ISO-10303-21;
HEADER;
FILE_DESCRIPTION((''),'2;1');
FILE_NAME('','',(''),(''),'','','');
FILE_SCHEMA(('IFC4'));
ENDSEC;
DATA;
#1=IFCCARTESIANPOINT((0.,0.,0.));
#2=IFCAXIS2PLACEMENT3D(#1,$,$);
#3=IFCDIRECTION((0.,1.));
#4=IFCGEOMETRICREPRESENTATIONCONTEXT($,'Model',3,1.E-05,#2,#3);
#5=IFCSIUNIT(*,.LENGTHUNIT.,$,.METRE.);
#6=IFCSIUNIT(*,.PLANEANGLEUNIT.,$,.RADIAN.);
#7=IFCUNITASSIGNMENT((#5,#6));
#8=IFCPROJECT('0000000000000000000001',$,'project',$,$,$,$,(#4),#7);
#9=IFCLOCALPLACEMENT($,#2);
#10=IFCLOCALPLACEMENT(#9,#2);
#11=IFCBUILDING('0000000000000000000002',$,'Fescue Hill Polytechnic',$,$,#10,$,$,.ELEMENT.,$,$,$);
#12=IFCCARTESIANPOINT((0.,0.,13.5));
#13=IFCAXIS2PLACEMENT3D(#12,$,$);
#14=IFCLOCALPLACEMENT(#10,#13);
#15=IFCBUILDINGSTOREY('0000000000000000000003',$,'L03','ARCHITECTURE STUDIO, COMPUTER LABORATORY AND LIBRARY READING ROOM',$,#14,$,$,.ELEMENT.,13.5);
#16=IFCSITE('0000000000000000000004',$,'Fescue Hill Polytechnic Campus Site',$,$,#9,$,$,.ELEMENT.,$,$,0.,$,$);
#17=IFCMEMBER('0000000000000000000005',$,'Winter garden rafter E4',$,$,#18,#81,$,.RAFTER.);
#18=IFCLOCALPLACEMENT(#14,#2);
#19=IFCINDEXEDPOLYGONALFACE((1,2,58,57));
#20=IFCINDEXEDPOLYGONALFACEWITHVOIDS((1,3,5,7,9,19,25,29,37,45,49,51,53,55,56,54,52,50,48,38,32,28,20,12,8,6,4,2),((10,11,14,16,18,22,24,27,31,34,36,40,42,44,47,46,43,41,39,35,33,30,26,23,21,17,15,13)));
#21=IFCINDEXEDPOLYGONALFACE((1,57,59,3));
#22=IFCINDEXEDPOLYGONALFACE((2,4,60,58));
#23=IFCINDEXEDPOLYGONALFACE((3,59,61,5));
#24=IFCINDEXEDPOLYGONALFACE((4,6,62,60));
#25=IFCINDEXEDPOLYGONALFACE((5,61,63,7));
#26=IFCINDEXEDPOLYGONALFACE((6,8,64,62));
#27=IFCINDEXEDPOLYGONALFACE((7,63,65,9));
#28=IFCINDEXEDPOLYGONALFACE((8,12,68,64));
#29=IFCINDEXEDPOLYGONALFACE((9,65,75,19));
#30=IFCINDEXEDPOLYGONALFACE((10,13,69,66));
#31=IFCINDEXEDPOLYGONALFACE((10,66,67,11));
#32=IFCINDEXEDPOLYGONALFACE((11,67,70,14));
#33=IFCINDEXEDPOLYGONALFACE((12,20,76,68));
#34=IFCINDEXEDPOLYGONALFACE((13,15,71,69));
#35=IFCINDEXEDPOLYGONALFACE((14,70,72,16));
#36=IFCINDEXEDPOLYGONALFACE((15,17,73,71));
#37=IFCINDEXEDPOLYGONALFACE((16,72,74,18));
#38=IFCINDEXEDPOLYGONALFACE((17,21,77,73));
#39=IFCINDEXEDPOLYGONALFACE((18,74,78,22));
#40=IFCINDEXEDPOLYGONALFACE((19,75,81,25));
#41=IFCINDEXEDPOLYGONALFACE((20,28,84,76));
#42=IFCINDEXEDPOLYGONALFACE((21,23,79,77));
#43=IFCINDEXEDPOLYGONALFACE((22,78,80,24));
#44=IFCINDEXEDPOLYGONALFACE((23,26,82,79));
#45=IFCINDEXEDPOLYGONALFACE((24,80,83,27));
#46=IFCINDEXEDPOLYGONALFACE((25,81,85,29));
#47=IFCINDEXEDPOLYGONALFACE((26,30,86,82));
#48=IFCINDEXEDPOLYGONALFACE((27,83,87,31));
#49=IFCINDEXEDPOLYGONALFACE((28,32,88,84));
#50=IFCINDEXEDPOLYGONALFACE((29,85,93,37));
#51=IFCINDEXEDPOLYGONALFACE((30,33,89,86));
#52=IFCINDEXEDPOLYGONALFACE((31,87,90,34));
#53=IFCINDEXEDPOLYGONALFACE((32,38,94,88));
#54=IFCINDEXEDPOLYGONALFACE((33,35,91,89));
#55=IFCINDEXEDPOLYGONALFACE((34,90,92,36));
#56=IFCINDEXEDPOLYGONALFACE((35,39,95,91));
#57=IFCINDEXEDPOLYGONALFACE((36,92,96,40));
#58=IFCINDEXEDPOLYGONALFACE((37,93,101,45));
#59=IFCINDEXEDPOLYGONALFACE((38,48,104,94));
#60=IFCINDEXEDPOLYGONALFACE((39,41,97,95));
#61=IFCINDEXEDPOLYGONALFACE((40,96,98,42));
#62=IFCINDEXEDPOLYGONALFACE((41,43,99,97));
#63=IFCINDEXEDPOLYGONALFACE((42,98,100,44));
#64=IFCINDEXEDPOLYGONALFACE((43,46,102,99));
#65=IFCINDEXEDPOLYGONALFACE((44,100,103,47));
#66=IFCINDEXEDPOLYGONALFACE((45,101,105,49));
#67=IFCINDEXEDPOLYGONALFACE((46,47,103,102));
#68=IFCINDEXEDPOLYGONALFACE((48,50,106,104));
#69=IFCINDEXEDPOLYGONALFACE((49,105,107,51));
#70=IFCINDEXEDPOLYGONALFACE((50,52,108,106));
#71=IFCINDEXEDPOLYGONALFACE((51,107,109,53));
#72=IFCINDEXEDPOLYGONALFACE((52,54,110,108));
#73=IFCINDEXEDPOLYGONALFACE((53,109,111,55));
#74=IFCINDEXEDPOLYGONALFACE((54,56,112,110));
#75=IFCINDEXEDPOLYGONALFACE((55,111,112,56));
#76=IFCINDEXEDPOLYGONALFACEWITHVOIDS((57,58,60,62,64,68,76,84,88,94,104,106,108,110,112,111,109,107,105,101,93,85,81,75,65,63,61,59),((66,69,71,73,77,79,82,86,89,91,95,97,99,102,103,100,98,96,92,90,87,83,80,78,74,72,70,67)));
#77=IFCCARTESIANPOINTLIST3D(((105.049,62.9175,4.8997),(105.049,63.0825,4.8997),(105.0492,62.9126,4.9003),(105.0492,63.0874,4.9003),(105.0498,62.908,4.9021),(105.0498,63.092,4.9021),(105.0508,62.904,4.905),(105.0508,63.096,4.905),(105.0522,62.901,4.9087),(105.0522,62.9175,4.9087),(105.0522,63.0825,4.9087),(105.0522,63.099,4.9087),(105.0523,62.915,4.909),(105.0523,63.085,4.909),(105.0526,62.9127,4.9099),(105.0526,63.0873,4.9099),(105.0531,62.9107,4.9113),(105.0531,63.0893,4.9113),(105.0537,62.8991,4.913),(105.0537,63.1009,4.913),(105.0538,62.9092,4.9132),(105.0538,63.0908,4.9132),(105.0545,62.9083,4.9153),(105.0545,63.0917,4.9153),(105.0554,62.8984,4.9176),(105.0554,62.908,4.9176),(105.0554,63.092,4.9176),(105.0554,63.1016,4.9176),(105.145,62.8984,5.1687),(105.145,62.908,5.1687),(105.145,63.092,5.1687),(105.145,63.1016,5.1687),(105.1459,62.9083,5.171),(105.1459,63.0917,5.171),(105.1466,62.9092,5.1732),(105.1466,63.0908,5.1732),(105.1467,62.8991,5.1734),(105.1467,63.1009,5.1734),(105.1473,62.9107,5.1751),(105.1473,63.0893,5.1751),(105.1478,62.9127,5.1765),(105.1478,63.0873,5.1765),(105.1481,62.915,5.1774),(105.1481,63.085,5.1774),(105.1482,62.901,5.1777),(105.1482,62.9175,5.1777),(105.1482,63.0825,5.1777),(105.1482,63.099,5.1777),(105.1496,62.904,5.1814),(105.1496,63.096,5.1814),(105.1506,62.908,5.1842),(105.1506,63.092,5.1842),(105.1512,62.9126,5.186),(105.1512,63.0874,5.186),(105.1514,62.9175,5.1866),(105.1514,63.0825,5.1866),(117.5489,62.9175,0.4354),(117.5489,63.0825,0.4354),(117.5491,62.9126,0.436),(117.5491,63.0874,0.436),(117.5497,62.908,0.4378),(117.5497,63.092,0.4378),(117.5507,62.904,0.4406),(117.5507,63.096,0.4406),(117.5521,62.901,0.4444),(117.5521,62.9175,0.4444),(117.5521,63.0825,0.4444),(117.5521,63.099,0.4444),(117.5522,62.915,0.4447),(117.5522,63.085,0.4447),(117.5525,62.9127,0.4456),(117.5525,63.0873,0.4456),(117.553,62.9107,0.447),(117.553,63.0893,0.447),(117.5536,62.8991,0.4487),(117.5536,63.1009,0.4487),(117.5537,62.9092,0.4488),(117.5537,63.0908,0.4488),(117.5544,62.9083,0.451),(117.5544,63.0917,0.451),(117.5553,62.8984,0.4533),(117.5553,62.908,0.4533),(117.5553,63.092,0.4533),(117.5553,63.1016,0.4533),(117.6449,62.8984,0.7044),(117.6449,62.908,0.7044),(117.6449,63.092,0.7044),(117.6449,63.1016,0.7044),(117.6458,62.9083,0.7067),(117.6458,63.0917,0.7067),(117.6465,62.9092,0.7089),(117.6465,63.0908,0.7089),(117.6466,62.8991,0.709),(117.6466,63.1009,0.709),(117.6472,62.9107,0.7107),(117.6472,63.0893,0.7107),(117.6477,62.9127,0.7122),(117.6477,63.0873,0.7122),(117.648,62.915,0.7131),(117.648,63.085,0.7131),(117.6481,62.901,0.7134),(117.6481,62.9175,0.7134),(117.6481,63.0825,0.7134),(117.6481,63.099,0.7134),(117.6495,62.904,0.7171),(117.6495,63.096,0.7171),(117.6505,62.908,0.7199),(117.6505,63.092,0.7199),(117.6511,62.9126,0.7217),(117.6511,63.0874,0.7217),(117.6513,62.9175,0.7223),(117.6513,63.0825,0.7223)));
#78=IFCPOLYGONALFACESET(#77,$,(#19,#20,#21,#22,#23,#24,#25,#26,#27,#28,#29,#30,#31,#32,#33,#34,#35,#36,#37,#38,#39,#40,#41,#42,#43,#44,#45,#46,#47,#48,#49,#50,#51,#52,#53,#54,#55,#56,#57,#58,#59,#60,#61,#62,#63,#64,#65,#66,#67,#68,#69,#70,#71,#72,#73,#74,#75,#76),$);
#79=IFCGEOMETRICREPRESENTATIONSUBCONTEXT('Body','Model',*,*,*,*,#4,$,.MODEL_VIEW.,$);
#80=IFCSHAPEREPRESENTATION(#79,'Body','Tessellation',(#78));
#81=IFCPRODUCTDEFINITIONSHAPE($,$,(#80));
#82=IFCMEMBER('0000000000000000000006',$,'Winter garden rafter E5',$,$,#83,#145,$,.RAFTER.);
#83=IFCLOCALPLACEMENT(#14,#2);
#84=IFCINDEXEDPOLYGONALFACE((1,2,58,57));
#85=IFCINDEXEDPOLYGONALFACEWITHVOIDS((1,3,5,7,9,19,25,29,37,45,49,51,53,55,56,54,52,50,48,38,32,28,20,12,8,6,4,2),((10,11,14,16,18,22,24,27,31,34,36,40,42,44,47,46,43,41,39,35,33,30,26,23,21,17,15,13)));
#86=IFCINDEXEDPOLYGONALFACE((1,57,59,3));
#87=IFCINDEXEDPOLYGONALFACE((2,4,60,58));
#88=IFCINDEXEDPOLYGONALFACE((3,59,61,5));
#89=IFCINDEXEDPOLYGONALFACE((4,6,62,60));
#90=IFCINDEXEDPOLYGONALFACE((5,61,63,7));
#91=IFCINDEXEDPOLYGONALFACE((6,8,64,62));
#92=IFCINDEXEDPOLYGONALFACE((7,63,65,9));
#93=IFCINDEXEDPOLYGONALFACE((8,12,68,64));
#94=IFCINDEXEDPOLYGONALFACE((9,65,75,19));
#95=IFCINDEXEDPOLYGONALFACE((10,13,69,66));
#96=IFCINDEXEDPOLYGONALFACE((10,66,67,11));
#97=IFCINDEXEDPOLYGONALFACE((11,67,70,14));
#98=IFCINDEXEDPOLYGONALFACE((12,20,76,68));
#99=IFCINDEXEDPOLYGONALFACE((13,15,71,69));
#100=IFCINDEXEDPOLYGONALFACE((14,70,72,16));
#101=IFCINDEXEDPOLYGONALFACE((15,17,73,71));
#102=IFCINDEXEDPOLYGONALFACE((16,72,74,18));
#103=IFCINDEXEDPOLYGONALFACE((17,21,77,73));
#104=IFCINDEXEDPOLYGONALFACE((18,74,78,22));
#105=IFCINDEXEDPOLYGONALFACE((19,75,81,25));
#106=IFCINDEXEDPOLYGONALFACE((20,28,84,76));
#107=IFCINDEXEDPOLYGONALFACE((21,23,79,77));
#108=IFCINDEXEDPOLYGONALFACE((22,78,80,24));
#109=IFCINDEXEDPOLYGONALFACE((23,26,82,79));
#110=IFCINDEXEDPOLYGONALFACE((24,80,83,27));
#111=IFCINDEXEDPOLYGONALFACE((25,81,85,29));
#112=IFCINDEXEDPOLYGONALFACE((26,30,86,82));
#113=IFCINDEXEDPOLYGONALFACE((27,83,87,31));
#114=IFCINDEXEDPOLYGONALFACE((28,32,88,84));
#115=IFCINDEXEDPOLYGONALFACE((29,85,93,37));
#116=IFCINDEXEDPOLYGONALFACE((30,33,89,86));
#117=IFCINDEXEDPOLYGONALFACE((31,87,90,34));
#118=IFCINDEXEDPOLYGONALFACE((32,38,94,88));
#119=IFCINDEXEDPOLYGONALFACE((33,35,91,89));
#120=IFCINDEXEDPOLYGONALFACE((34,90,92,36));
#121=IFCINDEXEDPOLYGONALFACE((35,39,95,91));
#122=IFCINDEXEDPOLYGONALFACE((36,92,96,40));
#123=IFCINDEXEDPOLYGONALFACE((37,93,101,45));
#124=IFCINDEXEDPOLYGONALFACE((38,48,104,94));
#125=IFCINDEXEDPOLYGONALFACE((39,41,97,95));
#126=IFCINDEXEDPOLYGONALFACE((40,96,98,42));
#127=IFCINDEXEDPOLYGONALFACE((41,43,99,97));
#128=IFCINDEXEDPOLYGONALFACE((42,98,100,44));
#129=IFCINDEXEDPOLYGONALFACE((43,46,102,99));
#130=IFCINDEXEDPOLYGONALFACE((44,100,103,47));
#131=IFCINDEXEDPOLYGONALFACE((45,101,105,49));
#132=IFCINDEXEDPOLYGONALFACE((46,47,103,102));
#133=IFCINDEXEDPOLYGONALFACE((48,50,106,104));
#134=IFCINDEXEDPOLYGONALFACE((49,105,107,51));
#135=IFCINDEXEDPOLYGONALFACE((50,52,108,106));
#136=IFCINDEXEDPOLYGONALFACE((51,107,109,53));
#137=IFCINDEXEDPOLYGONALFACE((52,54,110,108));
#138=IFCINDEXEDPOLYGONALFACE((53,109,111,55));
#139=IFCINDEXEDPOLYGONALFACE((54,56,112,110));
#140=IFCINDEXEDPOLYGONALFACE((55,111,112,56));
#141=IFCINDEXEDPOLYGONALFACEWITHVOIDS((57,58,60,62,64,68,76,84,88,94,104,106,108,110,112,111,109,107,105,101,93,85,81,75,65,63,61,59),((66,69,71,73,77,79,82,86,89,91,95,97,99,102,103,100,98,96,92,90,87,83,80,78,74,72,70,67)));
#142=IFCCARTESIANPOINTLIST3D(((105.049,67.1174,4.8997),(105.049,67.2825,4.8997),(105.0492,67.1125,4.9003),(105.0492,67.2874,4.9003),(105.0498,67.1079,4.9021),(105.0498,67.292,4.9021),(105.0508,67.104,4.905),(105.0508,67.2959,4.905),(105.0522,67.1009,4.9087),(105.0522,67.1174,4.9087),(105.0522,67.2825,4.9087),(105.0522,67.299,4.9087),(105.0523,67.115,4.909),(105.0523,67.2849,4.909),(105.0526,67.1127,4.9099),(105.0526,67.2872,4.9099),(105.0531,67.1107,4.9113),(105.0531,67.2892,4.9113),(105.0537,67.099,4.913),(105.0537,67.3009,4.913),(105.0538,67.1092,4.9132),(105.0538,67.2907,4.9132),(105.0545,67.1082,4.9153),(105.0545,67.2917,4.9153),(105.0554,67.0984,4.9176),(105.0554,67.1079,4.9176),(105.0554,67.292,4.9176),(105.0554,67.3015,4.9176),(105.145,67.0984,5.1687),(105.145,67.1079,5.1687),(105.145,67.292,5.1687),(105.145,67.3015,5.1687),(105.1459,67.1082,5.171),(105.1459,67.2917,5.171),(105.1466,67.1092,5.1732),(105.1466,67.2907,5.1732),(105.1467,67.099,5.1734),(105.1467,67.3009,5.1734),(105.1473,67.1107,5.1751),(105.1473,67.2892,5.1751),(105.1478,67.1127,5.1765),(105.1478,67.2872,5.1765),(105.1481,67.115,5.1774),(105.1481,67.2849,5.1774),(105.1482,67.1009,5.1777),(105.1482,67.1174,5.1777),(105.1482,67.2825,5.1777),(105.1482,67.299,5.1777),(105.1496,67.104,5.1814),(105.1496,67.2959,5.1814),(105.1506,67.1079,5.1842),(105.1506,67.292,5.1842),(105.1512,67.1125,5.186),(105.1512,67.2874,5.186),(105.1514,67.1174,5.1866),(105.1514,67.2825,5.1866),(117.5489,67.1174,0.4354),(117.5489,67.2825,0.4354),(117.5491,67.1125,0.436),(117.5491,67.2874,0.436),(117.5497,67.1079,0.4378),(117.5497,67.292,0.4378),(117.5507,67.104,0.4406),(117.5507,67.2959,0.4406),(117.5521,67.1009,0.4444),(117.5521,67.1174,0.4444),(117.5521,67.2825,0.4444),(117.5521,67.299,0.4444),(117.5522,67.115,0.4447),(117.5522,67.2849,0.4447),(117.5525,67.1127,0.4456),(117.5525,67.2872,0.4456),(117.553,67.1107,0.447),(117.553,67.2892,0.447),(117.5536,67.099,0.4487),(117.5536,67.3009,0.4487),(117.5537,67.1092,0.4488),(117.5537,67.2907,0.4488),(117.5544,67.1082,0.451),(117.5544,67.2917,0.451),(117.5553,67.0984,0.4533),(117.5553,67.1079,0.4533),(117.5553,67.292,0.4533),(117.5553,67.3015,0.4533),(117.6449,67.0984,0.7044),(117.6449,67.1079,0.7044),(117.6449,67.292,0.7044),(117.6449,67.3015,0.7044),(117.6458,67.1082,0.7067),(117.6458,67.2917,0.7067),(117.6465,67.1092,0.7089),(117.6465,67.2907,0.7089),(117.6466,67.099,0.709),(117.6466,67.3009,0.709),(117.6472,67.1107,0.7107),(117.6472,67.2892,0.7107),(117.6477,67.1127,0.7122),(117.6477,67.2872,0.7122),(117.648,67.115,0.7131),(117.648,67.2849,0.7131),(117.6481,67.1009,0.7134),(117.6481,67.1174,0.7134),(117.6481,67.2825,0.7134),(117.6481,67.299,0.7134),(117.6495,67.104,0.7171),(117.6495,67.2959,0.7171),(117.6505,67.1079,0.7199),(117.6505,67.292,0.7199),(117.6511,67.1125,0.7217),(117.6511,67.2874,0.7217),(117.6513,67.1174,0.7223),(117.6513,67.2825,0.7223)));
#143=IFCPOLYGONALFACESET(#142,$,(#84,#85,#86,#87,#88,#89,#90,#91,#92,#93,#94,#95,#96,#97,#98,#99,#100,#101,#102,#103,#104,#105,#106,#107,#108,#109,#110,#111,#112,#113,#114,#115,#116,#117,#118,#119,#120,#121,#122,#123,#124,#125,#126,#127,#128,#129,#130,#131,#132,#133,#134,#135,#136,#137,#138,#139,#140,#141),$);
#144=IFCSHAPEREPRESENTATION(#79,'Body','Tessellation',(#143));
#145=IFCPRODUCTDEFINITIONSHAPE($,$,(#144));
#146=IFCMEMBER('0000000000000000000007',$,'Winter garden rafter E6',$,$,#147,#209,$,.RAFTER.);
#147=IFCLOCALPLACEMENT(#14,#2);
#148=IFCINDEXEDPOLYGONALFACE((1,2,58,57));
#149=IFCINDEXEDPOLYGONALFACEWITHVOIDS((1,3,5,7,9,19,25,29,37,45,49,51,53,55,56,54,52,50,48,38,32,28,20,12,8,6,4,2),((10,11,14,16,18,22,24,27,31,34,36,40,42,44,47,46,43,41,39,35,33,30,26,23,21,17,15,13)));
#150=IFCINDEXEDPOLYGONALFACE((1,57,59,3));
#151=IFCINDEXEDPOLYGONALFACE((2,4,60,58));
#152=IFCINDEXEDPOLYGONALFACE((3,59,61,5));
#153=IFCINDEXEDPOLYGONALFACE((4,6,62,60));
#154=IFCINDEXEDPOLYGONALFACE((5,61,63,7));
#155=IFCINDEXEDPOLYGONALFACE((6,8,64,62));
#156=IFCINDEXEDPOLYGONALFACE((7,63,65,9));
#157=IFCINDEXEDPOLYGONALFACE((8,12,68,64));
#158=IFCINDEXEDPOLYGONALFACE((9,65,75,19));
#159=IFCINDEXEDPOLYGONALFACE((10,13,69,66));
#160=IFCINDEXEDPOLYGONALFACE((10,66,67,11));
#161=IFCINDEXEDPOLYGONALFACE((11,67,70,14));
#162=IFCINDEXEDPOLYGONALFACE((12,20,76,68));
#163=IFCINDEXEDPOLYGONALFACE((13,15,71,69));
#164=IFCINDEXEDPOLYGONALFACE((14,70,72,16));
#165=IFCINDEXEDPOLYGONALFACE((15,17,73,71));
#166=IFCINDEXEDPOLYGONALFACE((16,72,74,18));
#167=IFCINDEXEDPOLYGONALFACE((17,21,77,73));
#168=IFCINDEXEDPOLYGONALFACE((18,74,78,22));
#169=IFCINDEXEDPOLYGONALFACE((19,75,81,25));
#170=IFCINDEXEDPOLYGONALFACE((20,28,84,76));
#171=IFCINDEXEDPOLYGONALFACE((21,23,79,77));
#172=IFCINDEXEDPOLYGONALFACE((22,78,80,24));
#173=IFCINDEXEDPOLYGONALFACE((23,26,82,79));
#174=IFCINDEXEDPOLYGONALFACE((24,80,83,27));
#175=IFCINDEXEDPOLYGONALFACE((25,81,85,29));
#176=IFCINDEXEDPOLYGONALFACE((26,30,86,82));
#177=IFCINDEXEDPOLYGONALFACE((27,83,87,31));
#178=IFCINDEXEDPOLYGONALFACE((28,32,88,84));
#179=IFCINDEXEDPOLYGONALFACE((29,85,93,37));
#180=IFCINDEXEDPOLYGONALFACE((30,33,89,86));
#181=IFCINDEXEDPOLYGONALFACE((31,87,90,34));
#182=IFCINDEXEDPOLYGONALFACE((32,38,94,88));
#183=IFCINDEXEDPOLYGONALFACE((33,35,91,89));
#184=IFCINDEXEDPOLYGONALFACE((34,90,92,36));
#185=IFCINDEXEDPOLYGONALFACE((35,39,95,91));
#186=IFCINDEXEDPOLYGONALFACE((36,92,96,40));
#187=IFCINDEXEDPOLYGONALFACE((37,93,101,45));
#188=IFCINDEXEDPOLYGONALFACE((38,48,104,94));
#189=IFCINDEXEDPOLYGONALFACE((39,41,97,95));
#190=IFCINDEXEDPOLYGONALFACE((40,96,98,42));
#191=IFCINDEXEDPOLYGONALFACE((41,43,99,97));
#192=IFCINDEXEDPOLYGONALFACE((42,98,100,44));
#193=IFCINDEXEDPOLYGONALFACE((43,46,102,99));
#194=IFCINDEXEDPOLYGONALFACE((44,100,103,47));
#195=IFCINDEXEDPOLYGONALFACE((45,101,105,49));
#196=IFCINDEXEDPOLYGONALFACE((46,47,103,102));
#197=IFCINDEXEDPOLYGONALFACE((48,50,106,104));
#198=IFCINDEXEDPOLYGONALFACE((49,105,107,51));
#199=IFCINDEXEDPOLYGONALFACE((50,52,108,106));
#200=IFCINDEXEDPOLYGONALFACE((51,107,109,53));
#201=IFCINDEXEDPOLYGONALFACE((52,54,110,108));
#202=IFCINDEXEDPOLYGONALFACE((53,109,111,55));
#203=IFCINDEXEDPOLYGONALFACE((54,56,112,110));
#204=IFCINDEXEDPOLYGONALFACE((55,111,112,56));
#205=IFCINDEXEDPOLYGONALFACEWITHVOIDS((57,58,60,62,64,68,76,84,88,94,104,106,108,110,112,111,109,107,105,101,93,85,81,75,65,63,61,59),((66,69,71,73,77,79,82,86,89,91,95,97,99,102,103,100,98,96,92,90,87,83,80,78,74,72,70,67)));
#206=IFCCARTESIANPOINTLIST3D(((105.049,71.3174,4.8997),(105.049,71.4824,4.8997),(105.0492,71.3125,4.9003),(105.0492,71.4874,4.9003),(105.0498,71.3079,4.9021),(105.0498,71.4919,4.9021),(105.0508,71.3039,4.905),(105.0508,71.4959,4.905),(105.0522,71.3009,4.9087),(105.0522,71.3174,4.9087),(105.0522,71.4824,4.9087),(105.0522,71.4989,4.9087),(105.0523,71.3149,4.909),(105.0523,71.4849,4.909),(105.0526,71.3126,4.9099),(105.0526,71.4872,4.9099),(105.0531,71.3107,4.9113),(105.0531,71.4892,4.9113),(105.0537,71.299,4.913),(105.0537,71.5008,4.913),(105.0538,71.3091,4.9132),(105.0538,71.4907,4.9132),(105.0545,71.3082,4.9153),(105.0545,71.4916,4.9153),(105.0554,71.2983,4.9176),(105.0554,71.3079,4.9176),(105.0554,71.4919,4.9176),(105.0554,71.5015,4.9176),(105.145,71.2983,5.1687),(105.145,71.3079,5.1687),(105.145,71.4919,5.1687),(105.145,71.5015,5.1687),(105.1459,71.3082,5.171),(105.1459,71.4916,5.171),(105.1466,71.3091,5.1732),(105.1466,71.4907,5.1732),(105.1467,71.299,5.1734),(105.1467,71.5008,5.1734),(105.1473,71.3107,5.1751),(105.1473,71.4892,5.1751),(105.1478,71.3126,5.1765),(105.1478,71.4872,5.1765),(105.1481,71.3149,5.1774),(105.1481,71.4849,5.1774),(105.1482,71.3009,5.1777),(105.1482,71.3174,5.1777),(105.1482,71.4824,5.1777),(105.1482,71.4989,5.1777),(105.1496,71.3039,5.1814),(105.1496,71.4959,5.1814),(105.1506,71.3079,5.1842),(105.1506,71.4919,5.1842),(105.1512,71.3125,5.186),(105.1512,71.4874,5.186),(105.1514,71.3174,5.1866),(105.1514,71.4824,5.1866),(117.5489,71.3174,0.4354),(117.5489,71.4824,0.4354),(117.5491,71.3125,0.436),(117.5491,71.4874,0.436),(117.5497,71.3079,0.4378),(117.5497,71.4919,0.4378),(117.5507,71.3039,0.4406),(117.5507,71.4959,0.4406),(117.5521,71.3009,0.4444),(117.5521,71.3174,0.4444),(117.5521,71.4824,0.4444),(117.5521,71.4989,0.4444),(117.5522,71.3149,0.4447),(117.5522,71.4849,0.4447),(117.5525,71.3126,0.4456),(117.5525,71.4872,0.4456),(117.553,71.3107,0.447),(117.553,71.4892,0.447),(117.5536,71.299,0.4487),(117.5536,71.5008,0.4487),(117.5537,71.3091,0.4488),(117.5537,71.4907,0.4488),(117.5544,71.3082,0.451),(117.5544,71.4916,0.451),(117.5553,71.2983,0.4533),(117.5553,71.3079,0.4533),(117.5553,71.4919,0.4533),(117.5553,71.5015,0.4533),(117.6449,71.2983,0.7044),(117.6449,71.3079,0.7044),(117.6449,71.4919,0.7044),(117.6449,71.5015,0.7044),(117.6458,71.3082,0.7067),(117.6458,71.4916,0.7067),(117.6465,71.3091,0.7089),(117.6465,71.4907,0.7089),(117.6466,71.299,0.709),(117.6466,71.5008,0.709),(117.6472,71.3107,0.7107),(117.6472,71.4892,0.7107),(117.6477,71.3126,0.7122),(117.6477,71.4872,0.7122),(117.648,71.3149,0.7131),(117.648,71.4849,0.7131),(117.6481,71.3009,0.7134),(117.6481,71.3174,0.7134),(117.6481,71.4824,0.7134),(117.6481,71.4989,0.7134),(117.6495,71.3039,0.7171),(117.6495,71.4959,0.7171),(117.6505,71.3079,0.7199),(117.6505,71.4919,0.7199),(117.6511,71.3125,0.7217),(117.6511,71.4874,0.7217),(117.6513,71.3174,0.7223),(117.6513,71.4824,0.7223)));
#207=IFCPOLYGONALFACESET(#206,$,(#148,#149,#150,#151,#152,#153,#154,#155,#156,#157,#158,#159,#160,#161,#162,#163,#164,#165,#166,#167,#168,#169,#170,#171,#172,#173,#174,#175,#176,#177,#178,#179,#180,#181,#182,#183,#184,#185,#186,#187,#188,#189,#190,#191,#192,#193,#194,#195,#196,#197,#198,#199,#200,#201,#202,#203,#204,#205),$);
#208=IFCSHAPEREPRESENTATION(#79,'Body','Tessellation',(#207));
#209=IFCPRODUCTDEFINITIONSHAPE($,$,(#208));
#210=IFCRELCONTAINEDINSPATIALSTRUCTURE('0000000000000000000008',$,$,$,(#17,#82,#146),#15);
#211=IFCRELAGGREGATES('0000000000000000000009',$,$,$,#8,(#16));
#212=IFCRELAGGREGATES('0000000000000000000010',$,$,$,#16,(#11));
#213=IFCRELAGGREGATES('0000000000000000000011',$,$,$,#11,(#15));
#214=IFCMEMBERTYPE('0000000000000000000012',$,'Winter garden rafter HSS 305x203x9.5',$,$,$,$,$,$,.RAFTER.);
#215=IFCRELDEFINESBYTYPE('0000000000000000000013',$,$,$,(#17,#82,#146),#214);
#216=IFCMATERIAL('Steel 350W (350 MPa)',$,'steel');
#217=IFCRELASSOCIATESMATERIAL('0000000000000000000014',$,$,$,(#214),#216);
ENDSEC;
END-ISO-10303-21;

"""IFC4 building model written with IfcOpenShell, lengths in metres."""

from ifc_helpers import new_model, si_unit, direction, frame, origin, origin_2d, place, context, subcontext, project, spatial, hollow_rectangle, extrude, material, material_profile, profile_set, type_object, element, save


model = new_model("IFC4")

# Units and contexts
model_context = context("Model", 3, precision=1e-05, world=origin(), true_north=direction((0.0, 1.0)))
body_context = subcontext(model_context, "Body", "Model", "MODEL_VIEW")
ifc_project = project(units=[si_unit("LENGTHUNIT", "METRE"), si_unit("PLANEANGLEUNIT", "RADIAN")], contexts=[model_context])

# Site, building, storey
site_placement = place(None, origin())
site = spatial("IfcSite", under=ifc_project, at=site_placement, Name="Fescue Hill Polytechnic Campus Site", CompositionType="ELEMENT", RefElevation=0.0)
building_placement = place(site_placement, origin())
building = spatial("IfcBuilding", under=site, at=building_placement, Name="Fescue Hill Polytechnic", CompositionType="ELEMENT")
storey_placement = place(building_placement, frame((0.0, 0.0, 13.5)))
storey = spatial("IfcBuildingStorey", under=building, at=storey_placement, Name="L03", Description="ARCHITECTURE STUDIO, COMPUTER LABORATORY AND LIBRARY READING ROOM", CompositionType="ELEMENT", Elevation=13.5)

# Shared definitions
ifc_material_1 = material(Name="Steel 350W (350 MPa)", Category="steel")

# Members
ifc_material_profile_1 = material_profile(ifc_material_1, hollow_rectangle(XDim=0.2031, YDim=0.3047, WallThickness=0.0095, InnerFilletRadius=0.0095, OuterFilletRadius=0.019, at=origin_2d()), Name="Winter garden rafter HSS 305x203x9.5")
ifc_profile_set_1 = profile_set([ifc_material_profile_1], Name="Steel 350W (350 MPa)")
member_type_1 = type_object("IfcMemberType", Name="Winter garden rafter HSS 305x203x9.5", PredefinedType="RAFTER", material=ifc_profile_set_1)
for number, where, z_axis, x_axis, name in (
    (1, (117.6001, 63.0, 0.5789), (-0.94174, 0.0, 0.336341), (0.0, -1.0, 0.0), "Winter garden rafter E4"),
    (2, (117.6001, 67.2, 0.5789), (-0.94174, 0.0, 0.336341), (0.0, -1.0, 0.0), "Winter garden rafter E5"),
    (3, (117.6001, 71.3999, 0.5789), (-0.94174, 0.0, 0.336341), (0.0, -1.0, 0.0), "Winter garden rafter E6"),
):
    element("IfcMember", number, at=place(storey_placement, frame(where, z_axis=z_axis, x_axis=x_axis)), inside=storey, type_object=member_type_1, Name=name, PredefinedType="RAFTER", context=body_context, shape_type="SweptSolid", body=[
        extrude(hollow_rectangle(XDim=0.2031, YDim=0.3047, WallThickness=0.0095, InnerFilletRadius=0.0095, OuterFilletRadius=0.019, at=origin_2d()), origin(), (0.0, 0.0, 1.0), 13.2732),
    ])

save(model, "model.ifc")
